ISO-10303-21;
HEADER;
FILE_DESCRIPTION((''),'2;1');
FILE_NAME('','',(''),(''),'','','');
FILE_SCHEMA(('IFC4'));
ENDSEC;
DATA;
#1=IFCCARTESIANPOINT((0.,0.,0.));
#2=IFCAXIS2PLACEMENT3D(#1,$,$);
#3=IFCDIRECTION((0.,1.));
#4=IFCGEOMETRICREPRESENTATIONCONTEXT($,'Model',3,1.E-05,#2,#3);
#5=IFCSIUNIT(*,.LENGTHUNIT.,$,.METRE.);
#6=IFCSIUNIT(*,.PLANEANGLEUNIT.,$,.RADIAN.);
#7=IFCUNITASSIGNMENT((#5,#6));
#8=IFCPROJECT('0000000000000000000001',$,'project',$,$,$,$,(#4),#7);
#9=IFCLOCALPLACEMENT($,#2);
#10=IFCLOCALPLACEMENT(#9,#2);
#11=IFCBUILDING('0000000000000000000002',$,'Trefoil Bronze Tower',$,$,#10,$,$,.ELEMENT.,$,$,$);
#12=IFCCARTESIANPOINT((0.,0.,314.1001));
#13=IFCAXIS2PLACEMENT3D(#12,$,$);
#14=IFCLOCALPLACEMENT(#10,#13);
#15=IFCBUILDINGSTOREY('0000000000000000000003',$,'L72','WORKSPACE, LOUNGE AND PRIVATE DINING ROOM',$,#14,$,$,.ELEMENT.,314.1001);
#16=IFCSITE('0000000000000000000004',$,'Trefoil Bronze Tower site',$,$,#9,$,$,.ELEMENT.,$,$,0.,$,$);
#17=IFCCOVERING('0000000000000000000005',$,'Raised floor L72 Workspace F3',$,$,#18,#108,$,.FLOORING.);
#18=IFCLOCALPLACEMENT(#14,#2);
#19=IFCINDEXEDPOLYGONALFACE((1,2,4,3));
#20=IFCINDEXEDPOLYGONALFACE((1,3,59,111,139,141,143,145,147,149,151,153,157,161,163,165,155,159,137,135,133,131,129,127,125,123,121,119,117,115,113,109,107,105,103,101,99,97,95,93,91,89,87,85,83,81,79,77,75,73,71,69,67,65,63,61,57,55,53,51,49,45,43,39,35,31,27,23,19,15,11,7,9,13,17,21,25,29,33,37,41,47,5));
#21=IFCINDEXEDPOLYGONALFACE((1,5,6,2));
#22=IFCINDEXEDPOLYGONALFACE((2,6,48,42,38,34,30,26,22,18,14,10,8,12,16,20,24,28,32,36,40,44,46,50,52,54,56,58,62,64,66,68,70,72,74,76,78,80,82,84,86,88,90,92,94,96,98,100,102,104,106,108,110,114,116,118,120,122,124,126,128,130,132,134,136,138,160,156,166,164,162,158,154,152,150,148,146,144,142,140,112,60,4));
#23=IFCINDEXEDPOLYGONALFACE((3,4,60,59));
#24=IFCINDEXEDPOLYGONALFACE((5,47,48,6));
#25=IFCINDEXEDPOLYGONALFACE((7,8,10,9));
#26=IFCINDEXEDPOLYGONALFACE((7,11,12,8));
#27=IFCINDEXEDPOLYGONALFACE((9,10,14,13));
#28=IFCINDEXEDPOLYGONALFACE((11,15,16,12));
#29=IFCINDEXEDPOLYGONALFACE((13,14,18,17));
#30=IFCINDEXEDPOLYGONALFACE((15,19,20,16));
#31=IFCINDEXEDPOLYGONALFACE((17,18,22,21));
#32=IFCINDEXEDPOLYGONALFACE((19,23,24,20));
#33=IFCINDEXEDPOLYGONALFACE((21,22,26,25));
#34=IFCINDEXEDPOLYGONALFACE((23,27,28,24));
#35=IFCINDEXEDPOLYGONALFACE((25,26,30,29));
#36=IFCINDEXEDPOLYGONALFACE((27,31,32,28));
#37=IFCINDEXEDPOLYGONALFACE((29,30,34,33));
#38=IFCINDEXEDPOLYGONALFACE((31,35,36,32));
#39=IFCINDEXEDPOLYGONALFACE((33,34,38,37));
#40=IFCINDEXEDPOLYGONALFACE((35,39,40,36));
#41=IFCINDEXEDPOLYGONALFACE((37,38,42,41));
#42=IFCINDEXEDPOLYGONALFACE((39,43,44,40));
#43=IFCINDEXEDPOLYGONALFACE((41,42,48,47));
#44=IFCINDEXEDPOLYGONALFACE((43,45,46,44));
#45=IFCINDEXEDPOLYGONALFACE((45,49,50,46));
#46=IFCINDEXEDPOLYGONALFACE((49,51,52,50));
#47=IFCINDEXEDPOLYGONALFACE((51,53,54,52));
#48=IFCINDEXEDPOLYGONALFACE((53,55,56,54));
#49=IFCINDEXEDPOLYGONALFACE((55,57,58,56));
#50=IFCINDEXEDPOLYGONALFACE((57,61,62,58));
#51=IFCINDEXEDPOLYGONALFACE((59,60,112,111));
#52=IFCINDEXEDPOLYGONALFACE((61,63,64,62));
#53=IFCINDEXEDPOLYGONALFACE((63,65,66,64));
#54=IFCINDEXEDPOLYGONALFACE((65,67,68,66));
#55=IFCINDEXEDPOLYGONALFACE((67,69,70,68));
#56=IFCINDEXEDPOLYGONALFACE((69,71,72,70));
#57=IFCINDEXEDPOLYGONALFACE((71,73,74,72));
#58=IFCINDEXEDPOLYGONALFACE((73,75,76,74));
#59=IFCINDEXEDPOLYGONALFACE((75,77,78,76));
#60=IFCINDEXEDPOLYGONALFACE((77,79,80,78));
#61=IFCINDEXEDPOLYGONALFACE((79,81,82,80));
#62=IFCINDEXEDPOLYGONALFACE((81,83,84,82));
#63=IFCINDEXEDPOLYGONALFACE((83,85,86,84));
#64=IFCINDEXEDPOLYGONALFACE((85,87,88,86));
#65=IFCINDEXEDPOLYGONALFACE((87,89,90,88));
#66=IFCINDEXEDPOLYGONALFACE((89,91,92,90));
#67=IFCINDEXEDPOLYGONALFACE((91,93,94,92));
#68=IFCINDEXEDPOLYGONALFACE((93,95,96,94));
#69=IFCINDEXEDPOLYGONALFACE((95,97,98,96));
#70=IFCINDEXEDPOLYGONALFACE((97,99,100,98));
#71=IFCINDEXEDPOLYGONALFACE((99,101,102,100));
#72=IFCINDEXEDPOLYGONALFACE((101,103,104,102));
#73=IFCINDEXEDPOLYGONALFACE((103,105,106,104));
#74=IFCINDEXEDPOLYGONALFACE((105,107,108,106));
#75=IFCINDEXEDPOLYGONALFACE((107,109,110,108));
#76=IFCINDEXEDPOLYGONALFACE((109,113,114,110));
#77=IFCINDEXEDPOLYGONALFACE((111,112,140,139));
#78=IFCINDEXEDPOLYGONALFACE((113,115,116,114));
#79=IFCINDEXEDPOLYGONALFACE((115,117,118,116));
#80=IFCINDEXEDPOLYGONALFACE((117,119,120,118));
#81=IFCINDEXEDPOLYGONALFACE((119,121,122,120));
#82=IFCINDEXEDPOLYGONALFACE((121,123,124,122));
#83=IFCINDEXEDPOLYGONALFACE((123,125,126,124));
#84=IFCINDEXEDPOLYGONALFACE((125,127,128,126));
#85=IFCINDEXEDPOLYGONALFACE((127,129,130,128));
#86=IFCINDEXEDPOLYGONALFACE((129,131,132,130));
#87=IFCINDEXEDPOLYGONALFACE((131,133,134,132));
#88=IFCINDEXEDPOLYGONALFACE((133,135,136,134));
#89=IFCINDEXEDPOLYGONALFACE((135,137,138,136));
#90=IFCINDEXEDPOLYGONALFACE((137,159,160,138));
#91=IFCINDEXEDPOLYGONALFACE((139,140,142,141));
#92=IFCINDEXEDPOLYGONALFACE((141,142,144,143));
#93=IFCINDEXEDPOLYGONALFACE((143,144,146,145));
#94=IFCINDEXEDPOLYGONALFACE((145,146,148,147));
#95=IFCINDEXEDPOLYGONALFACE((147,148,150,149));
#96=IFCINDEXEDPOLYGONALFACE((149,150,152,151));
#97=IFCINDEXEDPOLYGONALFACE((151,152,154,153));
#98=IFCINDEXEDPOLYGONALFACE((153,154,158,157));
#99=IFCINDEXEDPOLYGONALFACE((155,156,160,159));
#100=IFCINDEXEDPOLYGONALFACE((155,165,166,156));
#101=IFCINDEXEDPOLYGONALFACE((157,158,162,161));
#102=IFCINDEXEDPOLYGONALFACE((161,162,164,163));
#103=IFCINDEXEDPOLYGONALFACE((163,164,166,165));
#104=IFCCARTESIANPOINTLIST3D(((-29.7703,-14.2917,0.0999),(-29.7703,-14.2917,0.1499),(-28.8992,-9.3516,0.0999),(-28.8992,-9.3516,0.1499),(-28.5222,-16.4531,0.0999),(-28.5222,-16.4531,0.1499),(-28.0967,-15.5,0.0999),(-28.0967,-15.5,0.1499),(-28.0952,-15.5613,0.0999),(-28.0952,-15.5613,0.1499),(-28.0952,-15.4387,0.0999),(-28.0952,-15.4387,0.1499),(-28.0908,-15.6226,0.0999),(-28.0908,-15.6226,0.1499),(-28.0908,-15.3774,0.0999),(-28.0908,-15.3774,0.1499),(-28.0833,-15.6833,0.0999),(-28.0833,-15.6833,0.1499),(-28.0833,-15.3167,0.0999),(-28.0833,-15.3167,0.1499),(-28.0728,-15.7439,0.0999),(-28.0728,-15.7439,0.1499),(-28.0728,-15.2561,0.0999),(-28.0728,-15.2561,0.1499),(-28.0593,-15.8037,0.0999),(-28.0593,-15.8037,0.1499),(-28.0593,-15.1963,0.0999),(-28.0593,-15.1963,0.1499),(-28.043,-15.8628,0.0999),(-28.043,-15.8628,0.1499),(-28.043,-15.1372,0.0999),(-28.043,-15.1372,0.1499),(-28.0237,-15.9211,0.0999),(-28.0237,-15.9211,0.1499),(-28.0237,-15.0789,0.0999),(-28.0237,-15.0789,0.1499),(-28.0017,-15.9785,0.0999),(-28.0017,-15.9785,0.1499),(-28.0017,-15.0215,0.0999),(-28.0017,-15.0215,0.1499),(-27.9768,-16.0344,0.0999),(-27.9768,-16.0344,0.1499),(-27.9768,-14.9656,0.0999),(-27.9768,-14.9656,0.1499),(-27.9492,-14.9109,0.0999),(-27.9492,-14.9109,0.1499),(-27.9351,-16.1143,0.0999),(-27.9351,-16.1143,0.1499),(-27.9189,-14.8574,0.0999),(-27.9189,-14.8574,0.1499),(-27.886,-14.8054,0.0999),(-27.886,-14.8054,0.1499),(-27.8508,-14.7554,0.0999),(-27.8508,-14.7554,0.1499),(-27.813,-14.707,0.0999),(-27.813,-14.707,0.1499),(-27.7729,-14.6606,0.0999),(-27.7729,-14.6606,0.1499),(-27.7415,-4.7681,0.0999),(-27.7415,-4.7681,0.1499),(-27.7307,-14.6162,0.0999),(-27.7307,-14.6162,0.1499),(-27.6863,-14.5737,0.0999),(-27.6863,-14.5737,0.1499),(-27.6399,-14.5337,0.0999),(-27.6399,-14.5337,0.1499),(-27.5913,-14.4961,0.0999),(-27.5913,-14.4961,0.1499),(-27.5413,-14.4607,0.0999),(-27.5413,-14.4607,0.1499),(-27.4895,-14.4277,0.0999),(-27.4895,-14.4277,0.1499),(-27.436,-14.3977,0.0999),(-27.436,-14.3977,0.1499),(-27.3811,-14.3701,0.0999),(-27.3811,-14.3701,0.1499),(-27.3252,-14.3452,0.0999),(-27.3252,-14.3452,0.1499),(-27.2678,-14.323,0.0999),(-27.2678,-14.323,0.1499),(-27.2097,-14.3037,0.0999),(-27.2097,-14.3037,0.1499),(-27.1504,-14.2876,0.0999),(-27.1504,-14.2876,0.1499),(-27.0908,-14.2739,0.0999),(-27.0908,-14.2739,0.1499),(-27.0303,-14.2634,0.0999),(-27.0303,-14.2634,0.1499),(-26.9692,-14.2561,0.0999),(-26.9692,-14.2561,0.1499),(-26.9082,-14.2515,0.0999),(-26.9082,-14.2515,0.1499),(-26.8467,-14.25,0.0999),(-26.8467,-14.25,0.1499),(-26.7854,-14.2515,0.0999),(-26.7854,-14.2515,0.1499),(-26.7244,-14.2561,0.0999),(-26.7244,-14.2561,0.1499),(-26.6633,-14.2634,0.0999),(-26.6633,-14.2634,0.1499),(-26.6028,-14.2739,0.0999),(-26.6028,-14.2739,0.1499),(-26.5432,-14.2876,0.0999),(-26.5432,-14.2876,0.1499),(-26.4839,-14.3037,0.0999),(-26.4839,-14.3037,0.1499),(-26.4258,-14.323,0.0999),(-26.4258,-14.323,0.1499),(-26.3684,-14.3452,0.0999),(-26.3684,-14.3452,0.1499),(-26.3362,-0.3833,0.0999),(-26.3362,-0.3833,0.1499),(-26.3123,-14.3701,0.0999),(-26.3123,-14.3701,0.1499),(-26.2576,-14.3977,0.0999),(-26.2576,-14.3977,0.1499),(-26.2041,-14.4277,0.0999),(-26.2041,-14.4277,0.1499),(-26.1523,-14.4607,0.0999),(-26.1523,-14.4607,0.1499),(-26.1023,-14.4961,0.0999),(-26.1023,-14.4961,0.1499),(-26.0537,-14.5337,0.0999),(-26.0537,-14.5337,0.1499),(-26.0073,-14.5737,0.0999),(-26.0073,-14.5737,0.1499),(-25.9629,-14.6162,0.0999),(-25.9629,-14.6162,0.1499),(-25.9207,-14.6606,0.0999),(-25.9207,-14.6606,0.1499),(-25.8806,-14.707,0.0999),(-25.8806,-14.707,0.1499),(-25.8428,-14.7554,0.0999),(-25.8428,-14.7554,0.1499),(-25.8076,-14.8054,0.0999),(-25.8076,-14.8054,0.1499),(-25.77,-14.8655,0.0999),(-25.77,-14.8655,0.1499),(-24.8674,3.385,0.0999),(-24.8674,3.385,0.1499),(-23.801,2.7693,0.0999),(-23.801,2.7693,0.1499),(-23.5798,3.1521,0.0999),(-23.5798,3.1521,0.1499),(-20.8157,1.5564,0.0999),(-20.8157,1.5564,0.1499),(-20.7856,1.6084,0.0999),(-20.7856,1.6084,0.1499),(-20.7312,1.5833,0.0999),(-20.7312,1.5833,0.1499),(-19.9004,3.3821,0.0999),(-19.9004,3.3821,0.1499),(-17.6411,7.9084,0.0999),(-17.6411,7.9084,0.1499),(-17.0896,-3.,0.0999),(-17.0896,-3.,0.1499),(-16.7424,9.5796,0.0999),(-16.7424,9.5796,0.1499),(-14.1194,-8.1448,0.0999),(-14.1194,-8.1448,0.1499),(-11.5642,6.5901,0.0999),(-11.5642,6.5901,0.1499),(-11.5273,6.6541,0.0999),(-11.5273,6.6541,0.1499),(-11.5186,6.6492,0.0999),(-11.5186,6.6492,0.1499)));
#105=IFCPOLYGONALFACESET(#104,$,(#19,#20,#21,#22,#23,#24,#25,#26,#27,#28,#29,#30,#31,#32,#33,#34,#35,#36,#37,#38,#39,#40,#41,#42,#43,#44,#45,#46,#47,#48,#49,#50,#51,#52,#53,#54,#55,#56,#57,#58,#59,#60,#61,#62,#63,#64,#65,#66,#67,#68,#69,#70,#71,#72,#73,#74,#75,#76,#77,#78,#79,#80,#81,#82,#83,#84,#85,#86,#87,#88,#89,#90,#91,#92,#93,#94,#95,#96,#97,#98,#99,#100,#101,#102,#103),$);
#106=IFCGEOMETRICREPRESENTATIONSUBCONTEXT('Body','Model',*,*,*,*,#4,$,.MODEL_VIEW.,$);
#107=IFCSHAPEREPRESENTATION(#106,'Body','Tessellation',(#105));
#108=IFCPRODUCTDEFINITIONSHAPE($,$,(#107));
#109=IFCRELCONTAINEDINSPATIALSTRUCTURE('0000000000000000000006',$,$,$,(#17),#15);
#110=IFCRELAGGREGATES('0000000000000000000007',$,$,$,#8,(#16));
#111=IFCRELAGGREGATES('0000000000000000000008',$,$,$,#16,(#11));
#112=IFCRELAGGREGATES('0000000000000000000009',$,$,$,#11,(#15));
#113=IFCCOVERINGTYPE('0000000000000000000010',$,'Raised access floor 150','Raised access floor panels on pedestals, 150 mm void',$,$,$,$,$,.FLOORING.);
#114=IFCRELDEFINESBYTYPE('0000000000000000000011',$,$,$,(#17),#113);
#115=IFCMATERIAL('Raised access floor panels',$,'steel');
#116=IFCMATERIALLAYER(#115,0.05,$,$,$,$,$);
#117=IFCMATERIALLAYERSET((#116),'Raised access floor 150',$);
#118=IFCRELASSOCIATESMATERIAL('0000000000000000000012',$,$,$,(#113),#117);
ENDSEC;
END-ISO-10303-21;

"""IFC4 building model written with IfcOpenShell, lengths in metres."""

from ifc_helpers import new_model, si_unit, direction, frame, origin, place, context, subcontext, project, spatial, polyline, outline, extrude, material, layer, layer_set, type_object, element, save


model = new_model("IFC4")

# Units and contexts
model_context = context("Model", 3, precision=1e-05, world=origin(), true_north=direction((0.0, 1.0)))
body_context = subcontext(model_context, "Body", "Model", "MODEL_VIEW")
ifc_project = project(units=[si_unit("LENGTHUNIT", "METRE"), si_unit("PLANEANGLEUNIT", "RADIAN")], contexts=[model_context])

# Site, building, storey
site_placement = place(None, origin())
site = spatial("IfcSite", under=ifc_project, at=site_placement, Name="Trefoil Bronze Tower site", CompositionType="ELEMENT", RefElevation=0.0)
building_placement = place(site_placement, origin())
building = spatial("IfcBuilding", under=site, at=building_placement, Name="Trefoil Bronze Tower", CompositionType="ELEMENT")
storey_placement = place(building_placement, frame((0.0, 0.0, 314.1001)))
storey = spatial("IfcBuildingStorey", under=building, at=storey_placement, Name="L72", Description="WORKSPACE, LOUNGE AND PRIVATE DINING ROOM", CompositionType="ELEMENT", Elevation=314.1001)

# Covering
ifc_material_1 = material(Name="Raised access floor panels", Category="steel")
ifc_layer_1 = layer(ifc_material_1, 0.05)
ifc_layer_set_1 = layer_set([ifc_layer_1], Name="Raised access floor 150")
covering_type_1 = type_object("IfcCoveringType", Name="Raised access floor 150", Description="Raised access floor panels on pedestals, 150 mm void", PredefinedType="FLOORING", material=ifc_layer_set_1)
covering_1_placement = place(storey_placement, frame((0.0, 0.0, 0.0999)))
element("IfcCovering", 1, at=covering_1_placement, inside=storey, type_object=covering_type_1, Name="Raised floor L72 Workspace F3", PredefinedType="FLOORING", context=body_context, shape_type="SweptSolid", body=[
    extrude(outline(polyline([(-28.8992, -9.3516), (-27.7415, -4.7681), (-26.3362, -0.3833), (-24.8674, 3.385), (-23.801, 2.7693), (-23.5798, 3.1521), (-20.8157, 1.5564), (-20.7856, 1.6084), (-20.7312, 1.5833), (-19.9004, 3.3821), (-17.6411, 7.9084), (-16.7424, 9.5796), (-11.5642, 6.5901), (-11.5273, 6.6541), (-11.5186, 6.6492), (-17.0896, -3.0), (-14.1194, -8.1448), (-25.77, -14.8655), (-25.8076, -14.8054), (-25.8428, -14.7554), (-25.8806, -14.707), (-25.9207, -14.6606), (-25.9629, -14.6162), (-26.0073, -14.5737), (-26.0537, -14.5337), (-26.1023, -14.4961), (-26.1523, -14.4607), (-26.2041, -14.4277), (-26.2576, -14.3977), (-26.3123, -14.3701), (-26.3684, -14.3452), (-26.4258, -14.323), (-26.4839, -14.3037), (-26.5432, -14.2876), (-26.6028, -14.2739), (-26.6633, -14.2634), (-26.7244, -14.2561), (-26.7854, -14.2515), (-26.8467, -14.25), (-26.9082, -14.2515), (-26.9692, -14.2561), (-27.0303, -14.2634), (-27.0908, -14.2739), (-27.1504, -14.2876), (-27.2097, -14.3037), (-27.2678, -14.323), (-27.3252, -14.3452), (-27.3811, -14.3701), (-27.436, -14.3977), (-27.4895, -14.4277), (-27.5413, -14.4607), (-27.5913, -14.4961), (-27.6399, -14.5337), (-27.6863, -14.5737), (-27.7307, -14.6162), (-27.7729, -14.6606), (-27.813, -14.707), (-27.8508, -14.7554), (-27.886, -14.8054), (-27.9189, -14.8574), (-27.9492, -14.9109), (-27.9768, -14.9656), (-28.0017, -15.0215), (-28.0237, -15.0789), (-28.043, -15.1372), (-28.0593, -15.1963), (-28.0728, -15.2561), (-28.0833, -15.3167), (-28.0908, -15.3774), (-28.0952, -15.4387), (-28.0967, -15.5), (-28.0952, -15.5613), (-28.0908, -15.6226), (-28.0833, -15.6833), (-28.0728, -15.7439), (-28.0593, -15.8037), (-28.043, -15.8628), (-28.0237, -15.9211), (-28.0017, -15.9785), (-27.9768, -16.0344), (-27.9351, -16.1143), (-28.5222, -16.4531), (-29.7703, -14.2917), (-28.8992, -9.3516)])), origin(), (0.0, 0.0, 1.0), 0.05),
])

save(model, "model.ifc")
